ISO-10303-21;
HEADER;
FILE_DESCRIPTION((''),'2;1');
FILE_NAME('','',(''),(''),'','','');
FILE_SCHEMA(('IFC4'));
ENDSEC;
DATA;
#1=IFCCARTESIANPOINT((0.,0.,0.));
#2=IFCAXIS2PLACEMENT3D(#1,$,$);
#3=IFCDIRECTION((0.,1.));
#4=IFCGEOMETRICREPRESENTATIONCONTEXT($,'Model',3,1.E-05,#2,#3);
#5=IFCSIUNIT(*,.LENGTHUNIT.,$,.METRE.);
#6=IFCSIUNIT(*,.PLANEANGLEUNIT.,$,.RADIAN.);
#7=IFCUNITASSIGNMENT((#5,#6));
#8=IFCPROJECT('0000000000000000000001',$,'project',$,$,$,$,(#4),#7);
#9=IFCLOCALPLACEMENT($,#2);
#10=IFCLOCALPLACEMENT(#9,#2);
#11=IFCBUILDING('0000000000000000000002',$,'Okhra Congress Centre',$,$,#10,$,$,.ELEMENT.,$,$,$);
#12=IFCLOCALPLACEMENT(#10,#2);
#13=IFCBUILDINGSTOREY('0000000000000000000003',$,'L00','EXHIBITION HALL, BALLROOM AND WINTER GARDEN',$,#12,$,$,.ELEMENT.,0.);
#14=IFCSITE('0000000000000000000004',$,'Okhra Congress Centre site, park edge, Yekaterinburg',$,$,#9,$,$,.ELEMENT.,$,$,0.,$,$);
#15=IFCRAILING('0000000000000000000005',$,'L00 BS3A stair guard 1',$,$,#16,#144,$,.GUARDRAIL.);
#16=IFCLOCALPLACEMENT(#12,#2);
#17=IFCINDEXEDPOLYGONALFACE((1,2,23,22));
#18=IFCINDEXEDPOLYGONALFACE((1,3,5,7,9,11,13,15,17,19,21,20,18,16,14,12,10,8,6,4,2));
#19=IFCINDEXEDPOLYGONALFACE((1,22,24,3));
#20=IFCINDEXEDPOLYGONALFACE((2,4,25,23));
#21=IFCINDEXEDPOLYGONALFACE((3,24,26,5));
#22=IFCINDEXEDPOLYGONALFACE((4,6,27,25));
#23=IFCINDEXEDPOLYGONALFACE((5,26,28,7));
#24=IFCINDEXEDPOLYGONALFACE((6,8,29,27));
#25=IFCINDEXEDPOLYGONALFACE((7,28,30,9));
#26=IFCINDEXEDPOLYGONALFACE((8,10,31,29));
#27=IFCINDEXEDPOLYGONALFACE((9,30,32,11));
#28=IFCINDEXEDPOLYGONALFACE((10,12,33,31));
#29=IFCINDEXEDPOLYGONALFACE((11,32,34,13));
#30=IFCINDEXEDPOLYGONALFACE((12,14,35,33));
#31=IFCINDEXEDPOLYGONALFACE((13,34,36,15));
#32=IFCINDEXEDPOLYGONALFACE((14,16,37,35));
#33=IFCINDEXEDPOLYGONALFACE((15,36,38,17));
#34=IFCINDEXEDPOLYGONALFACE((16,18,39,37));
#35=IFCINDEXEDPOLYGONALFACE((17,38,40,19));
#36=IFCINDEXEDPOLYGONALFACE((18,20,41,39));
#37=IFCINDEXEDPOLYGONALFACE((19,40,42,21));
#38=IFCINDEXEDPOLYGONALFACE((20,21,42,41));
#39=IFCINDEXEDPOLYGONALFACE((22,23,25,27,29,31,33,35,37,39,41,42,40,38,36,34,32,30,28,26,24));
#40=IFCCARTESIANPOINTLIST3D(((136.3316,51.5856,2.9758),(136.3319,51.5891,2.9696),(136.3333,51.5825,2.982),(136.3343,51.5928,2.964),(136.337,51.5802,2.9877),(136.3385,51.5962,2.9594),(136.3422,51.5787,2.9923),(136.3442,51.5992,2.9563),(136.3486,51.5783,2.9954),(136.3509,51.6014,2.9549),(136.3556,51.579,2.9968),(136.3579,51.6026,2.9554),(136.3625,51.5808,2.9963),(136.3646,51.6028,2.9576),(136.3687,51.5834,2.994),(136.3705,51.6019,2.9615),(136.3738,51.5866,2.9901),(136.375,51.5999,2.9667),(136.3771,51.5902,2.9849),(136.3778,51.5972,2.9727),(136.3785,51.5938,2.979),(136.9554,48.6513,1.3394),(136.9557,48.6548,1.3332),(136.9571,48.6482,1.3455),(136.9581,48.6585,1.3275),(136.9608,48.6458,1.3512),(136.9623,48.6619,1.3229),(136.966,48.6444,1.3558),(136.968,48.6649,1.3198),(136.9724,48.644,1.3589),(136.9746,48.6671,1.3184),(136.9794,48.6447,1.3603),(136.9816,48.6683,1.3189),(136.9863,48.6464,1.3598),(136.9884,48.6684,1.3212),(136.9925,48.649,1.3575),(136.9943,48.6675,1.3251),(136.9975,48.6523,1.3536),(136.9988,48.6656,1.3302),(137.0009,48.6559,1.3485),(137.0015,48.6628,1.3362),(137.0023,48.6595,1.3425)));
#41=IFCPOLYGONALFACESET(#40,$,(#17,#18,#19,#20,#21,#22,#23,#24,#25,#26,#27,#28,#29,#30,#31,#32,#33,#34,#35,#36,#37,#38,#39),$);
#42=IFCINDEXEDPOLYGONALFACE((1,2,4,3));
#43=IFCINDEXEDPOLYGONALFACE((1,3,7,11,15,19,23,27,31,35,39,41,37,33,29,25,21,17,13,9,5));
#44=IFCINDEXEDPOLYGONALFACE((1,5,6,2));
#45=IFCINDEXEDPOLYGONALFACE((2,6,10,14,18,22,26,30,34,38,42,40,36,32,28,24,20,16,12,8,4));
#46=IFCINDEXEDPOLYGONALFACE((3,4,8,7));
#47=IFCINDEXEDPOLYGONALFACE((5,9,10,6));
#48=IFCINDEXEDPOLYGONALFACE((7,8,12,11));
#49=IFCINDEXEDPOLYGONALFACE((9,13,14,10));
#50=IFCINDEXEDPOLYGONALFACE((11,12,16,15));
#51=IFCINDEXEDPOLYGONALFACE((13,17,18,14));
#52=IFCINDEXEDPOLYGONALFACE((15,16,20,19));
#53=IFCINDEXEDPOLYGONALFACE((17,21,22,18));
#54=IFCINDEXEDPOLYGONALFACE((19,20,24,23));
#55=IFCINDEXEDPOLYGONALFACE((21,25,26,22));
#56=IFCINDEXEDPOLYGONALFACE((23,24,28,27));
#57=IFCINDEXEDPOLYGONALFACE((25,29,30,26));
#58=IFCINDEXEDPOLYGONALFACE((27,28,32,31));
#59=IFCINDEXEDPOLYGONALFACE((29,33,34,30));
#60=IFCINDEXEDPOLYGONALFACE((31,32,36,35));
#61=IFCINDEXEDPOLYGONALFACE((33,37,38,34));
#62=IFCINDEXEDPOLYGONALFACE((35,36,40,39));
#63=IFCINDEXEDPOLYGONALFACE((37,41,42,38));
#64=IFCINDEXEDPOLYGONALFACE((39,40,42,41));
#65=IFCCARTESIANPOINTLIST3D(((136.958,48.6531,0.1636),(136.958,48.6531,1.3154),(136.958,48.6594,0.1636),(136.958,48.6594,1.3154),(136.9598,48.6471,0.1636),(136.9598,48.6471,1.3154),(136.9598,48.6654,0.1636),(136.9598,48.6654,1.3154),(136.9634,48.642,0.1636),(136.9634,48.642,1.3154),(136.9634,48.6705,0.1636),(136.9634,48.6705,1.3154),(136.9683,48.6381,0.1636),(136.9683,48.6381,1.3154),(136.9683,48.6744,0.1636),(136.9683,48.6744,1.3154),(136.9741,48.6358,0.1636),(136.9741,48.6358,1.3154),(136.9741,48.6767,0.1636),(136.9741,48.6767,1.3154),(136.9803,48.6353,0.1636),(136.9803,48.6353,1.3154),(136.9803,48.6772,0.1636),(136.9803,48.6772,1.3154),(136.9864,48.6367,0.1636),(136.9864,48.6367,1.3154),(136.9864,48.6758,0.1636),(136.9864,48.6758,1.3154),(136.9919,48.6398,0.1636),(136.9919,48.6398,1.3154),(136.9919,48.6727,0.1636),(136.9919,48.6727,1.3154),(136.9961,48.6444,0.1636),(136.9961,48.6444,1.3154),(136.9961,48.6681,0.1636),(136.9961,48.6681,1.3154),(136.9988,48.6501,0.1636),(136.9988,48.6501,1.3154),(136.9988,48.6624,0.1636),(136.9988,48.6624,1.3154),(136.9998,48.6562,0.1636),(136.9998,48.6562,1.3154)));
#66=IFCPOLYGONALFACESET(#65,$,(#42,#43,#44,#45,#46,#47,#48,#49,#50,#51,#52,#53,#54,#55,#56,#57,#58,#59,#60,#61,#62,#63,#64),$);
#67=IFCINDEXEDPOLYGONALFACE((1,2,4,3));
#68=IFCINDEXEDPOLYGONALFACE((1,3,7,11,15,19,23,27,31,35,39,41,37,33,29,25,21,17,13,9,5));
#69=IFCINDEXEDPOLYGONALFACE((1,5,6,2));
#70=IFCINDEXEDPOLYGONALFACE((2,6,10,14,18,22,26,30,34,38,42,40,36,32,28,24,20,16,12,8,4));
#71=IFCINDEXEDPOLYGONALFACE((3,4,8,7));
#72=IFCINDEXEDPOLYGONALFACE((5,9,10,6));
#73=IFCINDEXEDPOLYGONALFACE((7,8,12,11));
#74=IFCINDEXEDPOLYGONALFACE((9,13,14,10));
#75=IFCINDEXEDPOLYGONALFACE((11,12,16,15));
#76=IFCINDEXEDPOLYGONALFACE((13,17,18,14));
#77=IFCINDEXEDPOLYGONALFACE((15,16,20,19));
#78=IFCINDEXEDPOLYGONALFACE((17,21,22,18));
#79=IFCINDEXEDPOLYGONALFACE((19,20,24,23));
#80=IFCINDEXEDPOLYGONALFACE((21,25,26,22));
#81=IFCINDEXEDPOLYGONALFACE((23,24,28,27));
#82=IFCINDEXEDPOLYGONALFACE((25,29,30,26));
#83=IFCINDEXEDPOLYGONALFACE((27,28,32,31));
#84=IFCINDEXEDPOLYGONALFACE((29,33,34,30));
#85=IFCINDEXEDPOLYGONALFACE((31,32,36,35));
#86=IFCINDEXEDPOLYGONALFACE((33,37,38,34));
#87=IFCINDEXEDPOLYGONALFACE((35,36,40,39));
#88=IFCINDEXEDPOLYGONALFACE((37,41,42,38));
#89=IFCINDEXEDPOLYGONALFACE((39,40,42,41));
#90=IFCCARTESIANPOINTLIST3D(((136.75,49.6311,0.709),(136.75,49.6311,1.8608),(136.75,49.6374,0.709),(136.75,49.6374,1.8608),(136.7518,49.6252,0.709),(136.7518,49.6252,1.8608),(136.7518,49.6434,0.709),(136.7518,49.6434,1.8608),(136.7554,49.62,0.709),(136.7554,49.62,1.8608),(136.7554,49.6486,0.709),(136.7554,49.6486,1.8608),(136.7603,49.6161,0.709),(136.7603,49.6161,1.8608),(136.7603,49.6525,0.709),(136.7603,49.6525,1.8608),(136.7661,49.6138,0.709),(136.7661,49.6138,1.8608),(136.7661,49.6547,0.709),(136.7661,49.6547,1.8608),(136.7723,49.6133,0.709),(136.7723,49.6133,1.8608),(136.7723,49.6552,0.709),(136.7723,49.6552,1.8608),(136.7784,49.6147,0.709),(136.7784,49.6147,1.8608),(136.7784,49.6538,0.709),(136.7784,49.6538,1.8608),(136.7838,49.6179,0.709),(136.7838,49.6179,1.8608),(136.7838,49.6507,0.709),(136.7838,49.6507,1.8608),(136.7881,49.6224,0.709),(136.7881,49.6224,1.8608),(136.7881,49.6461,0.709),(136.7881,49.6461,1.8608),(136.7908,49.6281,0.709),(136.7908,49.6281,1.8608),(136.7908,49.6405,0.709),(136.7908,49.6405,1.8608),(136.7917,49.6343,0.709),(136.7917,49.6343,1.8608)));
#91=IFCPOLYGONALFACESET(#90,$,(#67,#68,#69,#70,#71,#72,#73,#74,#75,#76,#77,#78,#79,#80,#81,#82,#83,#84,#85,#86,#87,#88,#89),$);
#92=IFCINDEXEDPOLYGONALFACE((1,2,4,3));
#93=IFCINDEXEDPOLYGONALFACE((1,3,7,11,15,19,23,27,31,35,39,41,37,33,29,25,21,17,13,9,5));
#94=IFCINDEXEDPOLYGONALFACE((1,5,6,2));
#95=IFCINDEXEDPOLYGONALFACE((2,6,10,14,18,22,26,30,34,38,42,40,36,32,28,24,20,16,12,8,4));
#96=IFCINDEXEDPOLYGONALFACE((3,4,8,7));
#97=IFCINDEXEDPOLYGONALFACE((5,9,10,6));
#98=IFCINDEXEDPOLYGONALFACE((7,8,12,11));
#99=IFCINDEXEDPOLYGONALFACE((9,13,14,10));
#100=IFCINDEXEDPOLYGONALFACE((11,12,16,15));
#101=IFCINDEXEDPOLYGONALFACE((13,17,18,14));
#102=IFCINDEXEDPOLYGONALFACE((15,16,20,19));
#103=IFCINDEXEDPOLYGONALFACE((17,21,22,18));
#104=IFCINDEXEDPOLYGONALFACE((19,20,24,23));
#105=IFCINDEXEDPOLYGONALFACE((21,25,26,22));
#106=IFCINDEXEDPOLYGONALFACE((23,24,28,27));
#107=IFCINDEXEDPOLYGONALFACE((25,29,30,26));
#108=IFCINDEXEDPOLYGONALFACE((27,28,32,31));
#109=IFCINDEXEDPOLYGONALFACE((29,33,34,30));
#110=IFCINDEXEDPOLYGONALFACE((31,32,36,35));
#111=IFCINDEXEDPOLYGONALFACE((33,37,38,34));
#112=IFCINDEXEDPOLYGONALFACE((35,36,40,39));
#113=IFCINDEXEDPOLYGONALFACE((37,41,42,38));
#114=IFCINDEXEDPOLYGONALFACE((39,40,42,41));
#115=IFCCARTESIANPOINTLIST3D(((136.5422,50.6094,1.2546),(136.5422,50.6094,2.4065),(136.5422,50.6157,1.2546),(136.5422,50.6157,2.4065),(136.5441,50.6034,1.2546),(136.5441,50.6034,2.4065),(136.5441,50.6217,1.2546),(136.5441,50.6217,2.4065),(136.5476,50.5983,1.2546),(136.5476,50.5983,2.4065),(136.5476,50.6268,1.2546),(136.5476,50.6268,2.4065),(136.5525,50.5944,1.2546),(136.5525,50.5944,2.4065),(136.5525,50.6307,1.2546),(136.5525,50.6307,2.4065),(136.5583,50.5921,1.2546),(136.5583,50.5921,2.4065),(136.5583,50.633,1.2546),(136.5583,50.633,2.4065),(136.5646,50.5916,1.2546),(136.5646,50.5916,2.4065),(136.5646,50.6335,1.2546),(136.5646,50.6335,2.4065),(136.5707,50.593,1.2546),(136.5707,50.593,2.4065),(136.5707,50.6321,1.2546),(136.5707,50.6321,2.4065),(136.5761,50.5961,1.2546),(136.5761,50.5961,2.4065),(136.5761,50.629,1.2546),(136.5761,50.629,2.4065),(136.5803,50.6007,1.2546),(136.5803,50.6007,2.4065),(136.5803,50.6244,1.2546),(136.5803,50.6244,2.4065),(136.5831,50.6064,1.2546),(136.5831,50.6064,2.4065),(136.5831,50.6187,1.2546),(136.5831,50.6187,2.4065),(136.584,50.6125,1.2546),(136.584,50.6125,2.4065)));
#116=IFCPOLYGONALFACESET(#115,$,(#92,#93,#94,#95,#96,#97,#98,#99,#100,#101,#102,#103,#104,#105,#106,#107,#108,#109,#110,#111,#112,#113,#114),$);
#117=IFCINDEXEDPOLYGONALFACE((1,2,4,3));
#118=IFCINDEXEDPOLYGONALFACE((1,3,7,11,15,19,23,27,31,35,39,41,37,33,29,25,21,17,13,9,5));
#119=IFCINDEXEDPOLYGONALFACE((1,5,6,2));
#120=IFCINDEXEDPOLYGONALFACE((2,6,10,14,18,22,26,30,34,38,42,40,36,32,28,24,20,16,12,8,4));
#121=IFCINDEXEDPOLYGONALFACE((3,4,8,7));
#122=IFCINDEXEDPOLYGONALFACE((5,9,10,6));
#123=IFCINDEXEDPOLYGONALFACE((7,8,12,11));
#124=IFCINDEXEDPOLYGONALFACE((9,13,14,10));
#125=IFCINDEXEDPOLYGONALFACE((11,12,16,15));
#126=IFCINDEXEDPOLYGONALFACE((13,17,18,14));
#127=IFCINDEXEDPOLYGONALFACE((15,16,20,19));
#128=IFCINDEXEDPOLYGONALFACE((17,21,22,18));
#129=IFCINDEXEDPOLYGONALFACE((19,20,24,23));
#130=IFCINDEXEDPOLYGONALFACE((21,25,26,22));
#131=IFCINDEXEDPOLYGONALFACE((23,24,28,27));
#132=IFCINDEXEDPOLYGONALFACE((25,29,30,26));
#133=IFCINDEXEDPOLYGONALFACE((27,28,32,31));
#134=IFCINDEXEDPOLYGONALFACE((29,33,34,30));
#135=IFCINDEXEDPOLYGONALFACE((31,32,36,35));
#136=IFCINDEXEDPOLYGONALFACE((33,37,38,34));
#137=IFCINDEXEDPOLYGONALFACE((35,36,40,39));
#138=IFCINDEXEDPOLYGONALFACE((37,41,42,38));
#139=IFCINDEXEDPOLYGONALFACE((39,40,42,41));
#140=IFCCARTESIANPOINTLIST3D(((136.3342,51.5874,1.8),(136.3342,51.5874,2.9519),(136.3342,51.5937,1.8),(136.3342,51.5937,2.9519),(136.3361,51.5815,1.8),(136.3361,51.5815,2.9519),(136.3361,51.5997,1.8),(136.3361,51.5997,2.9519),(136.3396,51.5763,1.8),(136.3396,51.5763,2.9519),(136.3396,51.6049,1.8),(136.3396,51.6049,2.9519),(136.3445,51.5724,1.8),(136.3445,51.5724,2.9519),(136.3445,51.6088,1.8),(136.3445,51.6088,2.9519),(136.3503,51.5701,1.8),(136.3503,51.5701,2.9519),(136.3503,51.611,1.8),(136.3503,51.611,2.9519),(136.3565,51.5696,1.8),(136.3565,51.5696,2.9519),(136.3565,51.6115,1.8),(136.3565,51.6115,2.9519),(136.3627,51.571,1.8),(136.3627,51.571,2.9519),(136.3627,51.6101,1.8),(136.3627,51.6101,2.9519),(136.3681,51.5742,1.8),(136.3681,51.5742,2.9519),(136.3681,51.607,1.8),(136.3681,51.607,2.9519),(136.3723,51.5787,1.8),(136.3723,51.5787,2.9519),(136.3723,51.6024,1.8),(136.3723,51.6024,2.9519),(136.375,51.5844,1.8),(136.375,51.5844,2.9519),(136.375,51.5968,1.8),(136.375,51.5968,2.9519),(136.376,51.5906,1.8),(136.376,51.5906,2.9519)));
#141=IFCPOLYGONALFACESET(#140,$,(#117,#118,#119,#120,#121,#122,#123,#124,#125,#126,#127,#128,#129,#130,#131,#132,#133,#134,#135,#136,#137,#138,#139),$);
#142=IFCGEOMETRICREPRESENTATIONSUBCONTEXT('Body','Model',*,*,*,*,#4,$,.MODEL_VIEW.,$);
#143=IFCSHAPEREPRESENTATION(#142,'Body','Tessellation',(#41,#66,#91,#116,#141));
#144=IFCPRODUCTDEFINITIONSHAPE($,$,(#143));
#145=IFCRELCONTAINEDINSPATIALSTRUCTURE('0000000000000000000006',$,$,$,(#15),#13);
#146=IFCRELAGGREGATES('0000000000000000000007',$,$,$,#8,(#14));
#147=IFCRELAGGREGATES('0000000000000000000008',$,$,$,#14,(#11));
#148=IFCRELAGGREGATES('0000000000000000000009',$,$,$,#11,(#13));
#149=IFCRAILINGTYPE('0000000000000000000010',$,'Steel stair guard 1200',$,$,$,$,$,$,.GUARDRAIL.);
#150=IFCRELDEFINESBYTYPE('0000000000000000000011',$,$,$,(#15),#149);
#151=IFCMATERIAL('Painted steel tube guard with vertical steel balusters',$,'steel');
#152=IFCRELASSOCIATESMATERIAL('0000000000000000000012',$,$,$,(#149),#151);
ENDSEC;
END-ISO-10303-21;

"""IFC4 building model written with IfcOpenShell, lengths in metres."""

from ifc_helpers import new_model, si_unit, direction, frame, origin, origin_2d, place, context, subcontext, project, spatial, circle, extrude, material, type_object, element, save


model = new_model("IFC4")

# Units and contexts
model_context = context("Model", 3, precision=1e-05, world=origin(), true_north=direction((0.0, 1.0)))
body_context = subcontext(model_context, "Body", "Model", "MODEL_VIEW")
ifc_project = project(units=[si_unit("LENGTHUNIT", "METRE"), si_unit("PLANEANGLEUNIT", "RADIAN")], contexts=[model_context])

# Site, building, storey
site_placement = place(None, origin())
site = spatial("IfcSite", under=ifc_project, at=site_placement, Name="Okhra Congress Centre site, park edge, Yekaterinburg", CompositionType="ELEMENT", RefElevation=0.0)
building_placement = place(site_placement, origin())
building = spatial("IfcBuilding", under=site, at=building_placement, Name="Okhra Congress Centre", CompositionType="ELEMENT")
storey_placement = place(building_placement, origin())
storey = spatial("IfcBuildingStorey", under=building, at=storey_placement, Name="L00", Description="EXHIBITION HALL, BALLROOM AND WINTER GARDEN", CompositionType="ELEMENT", Elevation=0.0)

# Railing
ifc_material_1 = material(Name="Painted steel tube guard with vertical steel balusters", Category="steel")
railing_type_1 = type_object("IfcRailingType", Name="Steel stair guard 1200", PredefinedType="GUARDRAIL", material=ifc_material_1)
railing_1_placement = place(storey_placement, frame((136.9788, 48.6562, 0.1636)))
element("IfcRailing", 1, at=railing_1_placement, inside=storey, type_object=railing_type_1, Name="L00 BS3A stair guard 1", PredefinedType="GUARDRAIL", context=body_context, shape_type="SweptSolid", body=[
    extrude(circle(Radius=0.0239, at=origin_2d()), frame((0.0, 0.0, 1.1758), z_axis=(-0.18254, 0.858687, 0.47889), x_axis=(-0.978143, -0.207934, 0.0)), (0.0, 0.0, 1.0), 3.4172),
    extrude(circle(Radius=0.021, at=origin_2d()), origin(), (0.0, 0.0, 1.0), 1.1519),
    extrude(circle(Radius=0.021, at=origin_2d()), frame((-0.208, 0.978, 0.5454)), (0.0, 0.0, 1.0), 1.1519),
    extrude(circle(Radius=0.021, at=origin_2d()), frame((-0.4158, 1.9563, 1.0911)), (0.0, 0.0, 1.0), 1.1519),
    extrude(circle(Radius=0.021, at=origin_2d()), frame((-0.6238, 2.9343, 1.6365)), (0.0, 0.0, 1.0), 1.1519),
])

save(model, "model.ifc")
